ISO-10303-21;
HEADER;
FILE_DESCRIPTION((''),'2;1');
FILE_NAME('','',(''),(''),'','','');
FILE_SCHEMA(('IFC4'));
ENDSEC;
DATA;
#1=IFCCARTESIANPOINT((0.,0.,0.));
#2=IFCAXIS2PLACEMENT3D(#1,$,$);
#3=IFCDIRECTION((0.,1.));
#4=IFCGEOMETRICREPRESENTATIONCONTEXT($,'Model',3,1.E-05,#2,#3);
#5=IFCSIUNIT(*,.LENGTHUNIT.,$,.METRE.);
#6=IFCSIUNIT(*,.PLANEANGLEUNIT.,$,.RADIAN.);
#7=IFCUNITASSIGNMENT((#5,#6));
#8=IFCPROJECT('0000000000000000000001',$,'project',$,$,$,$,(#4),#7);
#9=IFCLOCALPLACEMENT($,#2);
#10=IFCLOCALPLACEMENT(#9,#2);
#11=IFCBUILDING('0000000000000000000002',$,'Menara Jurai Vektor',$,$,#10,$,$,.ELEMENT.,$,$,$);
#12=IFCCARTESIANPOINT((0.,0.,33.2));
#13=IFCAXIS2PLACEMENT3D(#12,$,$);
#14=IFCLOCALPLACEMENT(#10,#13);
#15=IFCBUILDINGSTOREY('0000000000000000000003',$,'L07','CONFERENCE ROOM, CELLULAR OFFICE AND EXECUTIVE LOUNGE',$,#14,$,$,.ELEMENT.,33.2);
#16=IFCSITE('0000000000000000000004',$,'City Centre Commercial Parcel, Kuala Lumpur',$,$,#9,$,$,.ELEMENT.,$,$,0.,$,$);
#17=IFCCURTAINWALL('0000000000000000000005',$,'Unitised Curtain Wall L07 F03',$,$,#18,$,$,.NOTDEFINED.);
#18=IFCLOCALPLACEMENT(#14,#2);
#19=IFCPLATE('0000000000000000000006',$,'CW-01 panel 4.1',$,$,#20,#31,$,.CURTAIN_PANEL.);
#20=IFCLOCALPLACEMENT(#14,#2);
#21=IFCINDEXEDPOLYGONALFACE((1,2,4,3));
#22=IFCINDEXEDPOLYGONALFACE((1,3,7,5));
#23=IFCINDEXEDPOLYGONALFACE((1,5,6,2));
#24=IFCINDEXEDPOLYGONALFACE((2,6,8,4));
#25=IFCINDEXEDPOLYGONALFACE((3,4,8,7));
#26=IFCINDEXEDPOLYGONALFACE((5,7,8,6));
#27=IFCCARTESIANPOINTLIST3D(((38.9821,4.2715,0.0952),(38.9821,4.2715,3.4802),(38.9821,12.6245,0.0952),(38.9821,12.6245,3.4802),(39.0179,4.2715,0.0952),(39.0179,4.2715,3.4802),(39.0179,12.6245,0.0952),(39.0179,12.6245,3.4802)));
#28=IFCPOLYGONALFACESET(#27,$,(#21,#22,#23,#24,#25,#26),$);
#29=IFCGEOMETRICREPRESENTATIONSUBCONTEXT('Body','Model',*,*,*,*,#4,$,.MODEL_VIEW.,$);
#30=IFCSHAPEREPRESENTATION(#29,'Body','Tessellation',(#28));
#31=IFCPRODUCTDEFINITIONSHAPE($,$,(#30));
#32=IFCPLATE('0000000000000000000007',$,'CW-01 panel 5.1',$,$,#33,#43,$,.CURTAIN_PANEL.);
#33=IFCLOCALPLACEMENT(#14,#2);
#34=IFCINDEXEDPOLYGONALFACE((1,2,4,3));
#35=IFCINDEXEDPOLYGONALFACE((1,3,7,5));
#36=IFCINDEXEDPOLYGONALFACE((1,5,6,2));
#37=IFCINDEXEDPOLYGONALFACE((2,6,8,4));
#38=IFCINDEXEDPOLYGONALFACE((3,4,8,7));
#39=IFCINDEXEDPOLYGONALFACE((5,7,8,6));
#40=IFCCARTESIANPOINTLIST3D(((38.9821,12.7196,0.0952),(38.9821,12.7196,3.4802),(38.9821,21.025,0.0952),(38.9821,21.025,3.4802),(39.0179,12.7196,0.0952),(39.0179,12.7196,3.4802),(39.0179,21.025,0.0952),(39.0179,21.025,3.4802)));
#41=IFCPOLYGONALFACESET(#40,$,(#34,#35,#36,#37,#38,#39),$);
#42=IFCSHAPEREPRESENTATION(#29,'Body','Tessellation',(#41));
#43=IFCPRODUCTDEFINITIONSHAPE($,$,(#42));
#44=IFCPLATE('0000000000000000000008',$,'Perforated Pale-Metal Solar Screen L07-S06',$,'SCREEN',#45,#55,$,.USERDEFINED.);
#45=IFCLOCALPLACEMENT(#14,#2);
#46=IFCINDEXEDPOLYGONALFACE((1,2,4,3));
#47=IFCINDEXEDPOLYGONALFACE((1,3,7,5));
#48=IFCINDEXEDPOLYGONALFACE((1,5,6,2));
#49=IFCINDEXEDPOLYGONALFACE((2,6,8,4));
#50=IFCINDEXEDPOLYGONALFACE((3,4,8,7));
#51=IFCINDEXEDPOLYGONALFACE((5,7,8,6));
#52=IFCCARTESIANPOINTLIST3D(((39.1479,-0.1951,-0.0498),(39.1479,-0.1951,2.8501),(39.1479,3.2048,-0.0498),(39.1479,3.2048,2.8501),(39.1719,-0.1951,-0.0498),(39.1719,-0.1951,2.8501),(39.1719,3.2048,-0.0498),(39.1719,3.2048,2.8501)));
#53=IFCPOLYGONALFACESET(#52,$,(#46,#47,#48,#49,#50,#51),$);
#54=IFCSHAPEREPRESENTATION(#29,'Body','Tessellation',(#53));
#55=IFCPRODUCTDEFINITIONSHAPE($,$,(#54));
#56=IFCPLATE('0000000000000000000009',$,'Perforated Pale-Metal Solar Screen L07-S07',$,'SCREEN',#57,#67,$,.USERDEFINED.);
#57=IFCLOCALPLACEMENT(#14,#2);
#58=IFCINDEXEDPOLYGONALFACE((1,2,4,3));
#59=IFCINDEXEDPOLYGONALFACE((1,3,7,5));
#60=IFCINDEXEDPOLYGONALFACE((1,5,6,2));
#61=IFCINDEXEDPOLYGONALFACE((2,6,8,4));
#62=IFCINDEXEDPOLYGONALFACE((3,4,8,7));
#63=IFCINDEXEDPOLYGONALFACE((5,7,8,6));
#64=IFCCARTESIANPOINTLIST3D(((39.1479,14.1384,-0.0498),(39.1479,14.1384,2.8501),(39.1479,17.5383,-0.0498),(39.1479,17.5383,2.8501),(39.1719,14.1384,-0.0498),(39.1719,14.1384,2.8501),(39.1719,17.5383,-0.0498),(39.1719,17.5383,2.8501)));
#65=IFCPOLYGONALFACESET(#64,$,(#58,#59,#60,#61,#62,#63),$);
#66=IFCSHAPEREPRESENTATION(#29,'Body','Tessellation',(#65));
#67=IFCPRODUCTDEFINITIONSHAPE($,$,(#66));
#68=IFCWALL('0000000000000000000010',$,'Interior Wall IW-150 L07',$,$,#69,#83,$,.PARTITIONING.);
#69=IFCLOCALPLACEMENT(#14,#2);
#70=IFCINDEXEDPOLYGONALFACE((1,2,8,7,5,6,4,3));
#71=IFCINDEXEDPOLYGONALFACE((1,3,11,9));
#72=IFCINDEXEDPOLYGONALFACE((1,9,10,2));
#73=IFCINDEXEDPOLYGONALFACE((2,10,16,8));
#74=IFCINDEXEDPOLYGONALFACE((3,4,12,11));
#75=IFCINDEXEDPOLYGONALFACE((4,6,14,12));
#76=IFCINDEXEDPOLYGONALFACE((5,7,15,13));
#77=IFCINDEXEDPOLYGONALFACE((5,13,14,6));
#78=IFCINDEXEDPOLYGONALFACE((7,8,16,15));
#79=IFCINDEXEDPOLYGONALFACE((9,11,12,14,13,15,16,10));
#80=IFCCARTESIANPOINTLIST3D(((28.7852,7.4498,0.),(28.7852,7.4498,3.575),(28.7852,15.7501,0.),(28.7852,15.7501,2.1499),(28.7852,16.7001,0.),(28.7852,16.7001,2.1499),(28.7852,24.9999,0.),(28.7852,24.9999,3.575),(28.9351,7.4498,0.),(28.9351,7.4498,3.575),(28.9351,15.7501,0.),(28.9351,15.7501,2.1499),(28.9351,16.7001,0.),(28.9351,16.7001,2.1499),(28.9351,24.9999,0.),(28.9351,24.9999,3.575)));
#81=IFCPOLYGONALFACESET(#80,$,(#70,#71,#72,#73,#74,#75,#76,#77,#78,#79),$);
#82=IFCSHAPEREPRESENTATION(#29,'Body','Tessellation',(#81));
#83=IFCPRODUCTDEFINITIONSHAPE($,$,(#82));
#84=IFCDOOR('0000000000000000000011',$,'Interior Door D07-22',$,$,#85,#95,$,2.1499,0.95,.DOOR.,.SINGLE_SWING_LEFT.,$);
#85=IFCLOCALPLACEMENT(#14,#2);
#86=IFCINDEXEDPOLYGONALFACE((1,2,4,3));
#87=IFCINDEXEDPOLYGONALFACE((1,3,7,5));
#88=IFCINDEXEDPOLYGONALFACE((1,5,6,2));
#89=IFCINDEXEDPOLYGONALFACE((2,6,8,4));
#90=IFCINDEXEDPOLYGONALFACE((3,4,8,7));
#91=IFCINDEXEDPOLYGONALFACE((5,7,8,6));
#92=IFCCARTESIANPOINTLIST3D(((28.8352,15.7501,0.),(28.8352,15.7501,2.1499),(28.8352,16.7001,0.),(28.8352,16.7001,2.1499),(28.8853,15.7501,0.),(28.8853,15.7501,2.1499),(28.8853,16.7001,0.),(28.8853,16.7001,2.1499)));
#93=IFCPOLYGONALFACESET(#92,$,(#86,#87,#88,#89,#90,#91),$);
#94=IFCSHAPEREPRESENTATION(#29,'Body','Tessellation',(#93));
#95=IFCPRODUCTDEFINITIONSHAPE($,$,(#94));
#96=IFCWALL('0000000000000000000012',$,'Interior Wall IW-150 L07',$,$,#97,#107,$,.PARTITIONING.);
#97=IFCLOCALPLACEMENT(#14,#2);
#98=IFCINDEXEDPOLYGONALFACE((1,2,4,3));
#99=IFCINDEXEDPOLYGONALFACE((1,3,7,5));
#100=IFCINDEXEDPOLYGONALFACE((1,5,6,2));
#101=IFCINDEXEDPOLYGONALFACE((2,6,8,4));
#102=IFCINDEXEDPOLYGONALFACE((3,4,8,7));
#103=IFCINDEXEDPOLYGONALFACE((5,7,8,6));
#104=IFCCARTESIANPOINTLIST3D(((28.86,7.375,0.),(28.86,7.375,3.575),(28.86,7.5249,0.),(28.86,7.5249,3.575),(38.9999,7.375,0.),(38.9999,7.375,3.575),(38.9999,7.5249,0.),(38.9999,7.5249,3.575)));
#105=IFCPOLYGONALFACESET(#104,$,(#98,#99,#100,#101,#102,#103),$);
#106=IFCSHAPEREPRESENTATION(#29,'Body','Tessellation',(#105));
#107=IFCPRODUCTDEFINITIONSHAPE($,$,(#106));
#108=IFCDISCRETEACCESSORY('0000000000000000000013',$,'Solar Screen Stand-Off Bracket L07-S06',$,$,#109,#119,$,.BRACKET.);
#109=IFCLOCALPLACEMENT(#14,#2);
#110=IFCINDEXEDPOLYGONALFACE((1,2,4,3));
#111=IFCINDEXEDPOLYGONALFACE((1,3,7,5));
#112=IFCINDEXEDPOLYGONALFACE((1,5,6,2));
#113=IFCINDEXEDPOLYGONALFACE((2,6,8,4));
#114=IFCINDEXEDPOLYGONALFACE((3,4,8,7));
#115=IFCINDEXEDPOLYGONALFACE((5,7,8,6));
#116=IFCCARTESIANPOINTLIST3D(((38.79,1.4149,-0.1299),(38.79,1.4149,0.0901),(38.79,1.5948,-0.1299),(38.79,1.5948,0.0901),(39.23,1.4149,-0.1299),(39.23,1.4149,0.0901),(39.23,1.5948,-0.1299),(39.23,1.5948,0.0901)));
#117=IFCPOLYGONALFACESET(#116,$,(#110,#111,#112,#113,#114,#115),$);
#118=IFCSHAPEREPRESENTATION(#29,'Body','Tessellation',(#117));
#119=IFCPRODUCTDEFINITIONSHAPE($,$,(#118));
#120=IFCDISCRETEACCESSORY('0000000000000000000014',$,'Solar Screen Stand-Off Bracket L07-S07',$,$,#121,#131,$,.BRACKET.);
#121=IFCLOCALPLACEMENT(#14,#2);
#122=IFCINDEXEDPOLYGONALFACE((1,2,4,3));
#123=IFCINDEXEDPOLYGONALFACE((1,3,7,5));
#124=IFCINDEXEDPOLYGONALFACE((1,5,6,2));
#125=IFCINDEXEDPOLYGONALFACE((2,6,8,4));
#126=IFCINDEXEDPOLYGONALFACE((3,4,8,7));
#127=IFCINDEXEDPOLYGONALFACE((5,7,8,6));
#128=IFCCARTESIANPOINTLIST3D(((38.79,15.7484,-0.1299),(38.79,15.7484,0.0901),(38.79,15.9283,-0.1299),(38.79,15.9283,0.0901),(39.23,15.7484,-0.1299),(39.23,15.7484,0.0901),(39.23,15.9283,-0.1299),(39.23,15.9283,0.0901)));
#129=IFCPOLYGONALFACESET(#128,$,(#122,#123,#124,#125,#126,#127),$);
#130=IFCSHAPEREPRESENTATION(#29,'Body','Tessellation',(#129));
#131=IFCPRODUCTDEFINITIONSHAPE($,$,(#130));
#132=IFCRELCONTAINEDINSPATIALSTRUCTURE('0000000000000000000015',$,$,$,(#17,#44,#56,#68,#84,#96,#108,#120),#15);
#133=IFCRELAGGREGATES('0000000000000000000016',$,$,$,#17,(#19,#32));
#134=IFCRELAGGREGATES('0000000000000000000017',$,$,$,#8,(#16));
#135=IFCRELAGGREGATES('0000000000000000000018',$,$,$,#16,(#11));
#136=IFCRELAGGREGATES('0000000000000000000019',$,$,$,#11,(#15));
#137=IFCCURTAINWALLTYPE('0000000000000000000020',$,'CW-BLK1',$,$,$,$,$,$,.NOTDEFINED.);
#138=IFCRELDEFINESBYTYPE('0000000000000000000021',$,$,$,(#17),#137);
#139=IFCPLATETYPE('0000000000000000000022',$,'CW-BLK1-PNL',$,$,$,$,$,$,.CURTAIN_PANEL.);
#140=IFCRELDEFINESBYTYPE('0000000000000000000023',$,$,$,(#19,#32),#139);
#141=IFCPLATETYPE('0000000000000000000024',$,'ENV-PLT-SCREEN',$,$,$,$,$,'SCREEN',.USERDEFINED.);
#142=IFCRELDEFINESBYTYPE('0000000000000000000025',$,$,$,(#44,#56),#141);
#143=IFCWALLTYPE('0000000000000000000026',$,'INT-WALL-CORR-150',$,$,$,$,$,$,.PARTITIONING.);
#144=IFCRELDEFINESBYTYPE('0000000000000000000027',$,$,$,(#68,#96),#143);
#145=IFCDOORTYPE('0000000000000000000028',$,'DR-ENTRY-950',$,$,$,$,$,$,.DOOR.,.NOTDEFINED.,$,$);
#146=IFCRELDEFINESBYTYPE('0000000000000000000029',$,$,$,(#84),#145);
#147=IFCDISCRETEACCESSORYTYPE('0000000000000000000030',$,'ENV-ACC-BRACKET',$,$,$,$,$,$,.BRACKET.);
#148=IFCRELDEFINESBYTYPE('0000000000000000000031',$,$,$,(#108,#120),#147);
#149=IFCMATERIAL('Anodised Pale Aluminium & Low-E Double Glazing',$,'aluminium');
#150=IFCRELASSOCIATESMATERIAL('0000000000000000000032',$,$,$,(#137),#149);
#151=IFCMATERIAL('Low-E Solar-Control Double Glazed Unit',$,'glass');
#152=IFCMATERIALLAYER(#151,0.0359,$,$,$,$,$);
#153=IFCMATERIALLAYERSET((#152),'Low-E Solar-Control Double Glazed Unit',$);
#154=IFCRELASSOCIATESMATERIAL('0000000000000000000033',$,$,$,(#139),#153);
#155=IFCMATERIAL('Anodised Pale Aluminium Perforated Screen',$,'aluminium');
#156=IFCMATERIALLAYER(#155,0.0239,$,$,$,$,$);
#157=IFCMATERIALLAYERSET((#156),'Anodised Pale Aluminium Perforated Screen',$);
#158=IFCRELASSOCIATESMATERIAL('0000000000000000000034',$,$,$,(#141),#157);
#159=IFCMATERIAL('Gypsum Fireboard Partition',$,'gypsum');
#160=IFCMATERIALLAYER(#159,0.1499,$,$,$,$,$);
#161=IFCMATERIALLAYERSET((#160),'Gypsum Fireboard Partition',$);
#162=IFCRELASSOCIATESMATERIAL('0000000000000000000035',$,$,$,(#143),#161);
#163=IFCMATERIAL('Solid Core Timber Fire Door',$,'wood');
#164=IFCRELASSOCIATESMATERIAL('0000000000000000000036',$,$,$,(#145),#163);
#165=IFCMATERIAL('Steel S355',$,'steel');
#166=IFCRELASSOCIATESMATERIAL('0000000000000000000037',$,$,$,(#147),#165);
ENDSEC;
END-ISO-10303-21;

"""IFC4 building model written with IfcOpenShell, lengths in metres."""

from ifc_helpers import new_model, si_unit, direction, frame, frame_2d, origin, origin_2d, place, context, subcontext, project, spatial, rectangle, extrude, material, layer, layer_set, type_object, element, fill, aggregate, save


model = new_model("IFC4")

# Units and contexts
model_context = context("Model", 3, precision=1e-05, world=origin(), true_north=direction((0.0, 1.0)))
body_context = subcontext(model_context, "Body", "Model", "MODEL_VIEW")
ifc_project = project(units=[si_unit("LENGTHUNIT", "METRE"), si_unit("PLANEANGLEUNIT", "RADIAN")], contexts=[model_context])

# Site, building, storey
site_placement = place(None, origin())
site = spatial("IfcSite", under=ifc_project, at=site_placement, Name="City Centre Commercial Parcel, Kuala Lumpur", CompositionType="ELEMENT", RefElevation=0.0)
building_placement = place(site_placement, origin())
building = spatial("IfcBuilding", under=site, at=building_placement, Name="Menara Jurai Vektor", CompositionType="ELEMENT")
storey_placement = place(building_placement, frame((0.0, 0.0, 33.2)))
storey = spatial("IfcBuildingStorey", under=building, at=storey_placement, Name="L07", Description="CONFERENCE ROOM, CELLULAR OFFICE AND EXECUTIVE LOUNGE", CompositionType="ELEMENT", Elevation=33.2)

# Curtain wall
ifc_material_1 = material(Name="Anodised Pale Aluminium & Low-E Double Glazing", Category="aluminium")
curtain_wall_type = type_object("IfcCurtainWallType", Name="CW-BLK1", PredefinedType="NOTDEFINED", material=ifc_material_1)
curtain_wall_1_placement = place(storey_placement, origin())
curtain_wall_1 = element("IfcCurtainWall", 1, at=curtain_wall_1_placement, inside=storey, type_object=curtain_wall_type, Name="Unitised Curtain Wall L07 F03", PredefinedType="NOTDEFINED")

# Shared definitions
ifc_material_2 = material(Name="Steel S355", Category="steel")

# Plates
ifc_material_3 = material(Name="Low-E Solar-Control Double Glazed Unit", Category="glass")
ifc_layer_1 = layer(ifc_material_3, 0.0359)
ifc_layer_set_1 = layer_set([ifc_layer_1], Name="Low-E Solar-Control Double Glazed Unit")
plate_type_1 = type_object("IfcPlateType", Name="CW-BLK1-PNL", PredefinedType="CURTAIN_PANEL", material=ifc_layer_set_1)
plate_1_placement = place(storey_placement, frame((39.0, 8.448, 0.0952), z_axis=(0.0, 0.0, 1.0), x_axis=(0.0, 1.0, 0.0)))
plate_1 = element("IfcPlate", 2, at=plate_1_placement, type_object=plate_type_1, Name="CW-01 panel 4.1", PredefinedType="CURTAIN_PANEL", context=body_context, shape_type="SweptSolid", body=[
    extrude(rectangle(XDim=8.353, YDim=0.0359, at=origin_2d()), origin(), (0.0, 0.0, 1.0), 3.385),
])
plate_2_placement = place(storey_placement, frame((39.0, 16.8723, 0.0952), z_axis=(0.0, 0.0, 1.0), x_axis=(0.0, 1.0, 0.0)))
plate_2 = element("IfcPlate", 3, at=plate_2_placement, type_object=plate_type_1, Name="CW-01 panel 5.1", PredefinedType="CURTAIN_PANEL", context=body_context, shape_type="SweptSolid", body=[
    extrude(rectangle(XDim=8.3054, YDim=0.0359, at=origin_2d()), origin(), (0.0, 0.0, 1.0), 3.385),
])
aggregate(curtain_wall_1, [plate_1, plate_2])

# Plates
ifc_material_4 = material(Name="Anodised Pale Aluminium Perforated Screen", Category="aluminium")
ifc_layer_2 = layer(ifc_material_4, 0.0239)
ifc_layer_set_2 = layer_set([ifc_layer_2], Name="Anodised Pale Aluminium Perforated Screen")
plate_type_2 = type_object("IfcPlateType", Name="ENV-PLT-SCREEN", ElementType="SCREEN", PredefinedType="USERDEFINED", material=ifc_layer_set_2)
for number, where, z_axis, x_axis, name in (
    (4, (39.1599, 1.5049, -0.0498), (0.0, 0.0, 1.0), (0.0, 1.0, 0.0), "Perforated Pale-Metal Solar Screen L07-S06"),
    (5, (39.1599, 15.8384, -0.0498), (0.0, 0.0, 1.0), (0.0, 1.0, 0.0), "Perforated Pale-Metal Solar Screen L07-S07"),
):
    element("IfcPlate", number, at=place(storey_placement, frame(where, z_axis=z_axis, x_axis=x_axis)), inside=storey, type_object=plate_type_2, Name=name, ObjectType="SCREEN", PredefinedType="USERDEFINED", context=body_context, shape_type="SweptSolid", body=[
        extrude(rectangle(XDim=3.3999, YDim=0.0239, at=origin_2d()), origin(), (0.0, 0.0, 1.0), 2.8999),
    ])

# Wall, opening, door
ifc_material_5 = material(Name="Gypsum Fireboard Partition", Category="gypsum")
ifc_layer_3 = layer(ifc_material_5, 0.1499)
ifc_layer_set_3 = layer_set([ifc_layer_3], Name="Gypsum Fireboard Partition")
wall_type = type_object("IfcWallType", Name="INT-WALL-CORR-150", PredefinedType="PARTITIONING", material=ifc_layer_set_3)
wall_1_placement = place(storey_placement, frame((28.8601, 7.45, 0.0), z_axis=(0.0, 0.0, 1.0), x_axis=(0.0, 1.0, 0.0)))
wall_1 = element("IfcWall", 6, at=wall_1_placement, inside=storey, type_object=wall_type, Name="Interior Wall IW-150 L07", PredefinedType="PARTITIONING", context=body_context, shape_type="SweptSolid", body=[
    extrude(rectangle(XDim=17.55, YDim=0.1499, at=frame_2d((8.7749, 0.0))), origin(), (0.0, 0.0, 1.0), 3.575),
])
opening_placement = place(wall_1_placement, frame((8.3, 0.0, 0.0)))
opening = element("IfcOpeningElement", 7, at=opening_placement, cuts=wall_1, PredefinedType="OPENING", context=body_context, shape_type="SweptSolid", body=[
    extrude(rectangle(XDim=0.95, YDim=2.1499, at=frame_2d((0.4751, 1.075))), frame((0.0, 0.085, 0.0), z_axis=(0.0, -1.0, 0.0), x_axis=(1.0, 0.0, 0.0)), (0.0, 0.0, 1.0), 0.1699),
])
ifc_material_6 = material(Name="Solid Core Timber Fire Door", Category="wood")
door_type = type_object("IfcDoorType", Name="DR-ENTRY-950", OperationType="NOTDEFINED", PredefinedType="DOOR", material=ifc_material_6)
door_placement = place(opening_placement, origin())
door = element("IfcDoor", 8, at=door_placement, inside=storey, type_object=door_type, Name="Interior Door D07-22", OperationType="SINGLE_SWING_LEFT", OverallHeight=2.1499, OverallWidth=0.95, PredefinedType="DOOR", context=body_context, shape_type="SweptSolid", body=[
    extrude(rectangle(XDim=0.95, YDim=2.1499, at=frame_2d((0.4751, 1.075))), frame((0.0, 0.0249, 0.0), z_axis=(0.0, -1.0, 0.0), x_axis=(1.0, 0.0, 0.0)), (0.0, 0.0, 1.0), 0.05),
])
fill(opening, door)

# Wall
wall_2_placement = place(storey_placement, frame((28.8601, 7.45, 0.0), z_axis=(0.0, 0.0, 1.0), x_axis=(1.0, 0.0, 0.0)))
element("IfcWall", 9, at=wall_2_placement, inside=storey, type_object=wall_type, Name="Interior Wall IW-150 L07", PredefinedType="PARTITIONING", context=body_context, shape_type="SweptSolid", body=[
    extrude(rectangle(XDim=10.1399, YDim=0.1499, at=frame_2d((5.0698, 0.0))), origin(), (0.0, 0.0, 1.0), 3.575),
])

# Discrete accessories
discrete_accessory_type = type_object("IfcDiscreteAccessoryType", Name="ENV-ACC-BRACKET", PredefinedType="BRACKET", material=ifc_material_2)
for number, where, z_axis, x_axis, name in (
    (10, (39.01, 1.5049, -0.1299), (0.0, 0.0, 1.0), (0.0, 1.0, 0.0), "Solar Screen Stand-Off Bracket L07-S06"),
    (11, (39.01, 15.8384, -0.1299), (0.0, 0.0, 1.0), (0.0, 1.0, 0.0), "Solar Screen Stand-Off Bracket L07-S07"),
):
    element("IfcDiscreteAccessory", number, at=place(storey_placement, frame(where, z_axis=z_axis, x_axis=x_axis)), inside=storey, type_object=discrete_accessory_type, Name=name, PredefinedType="BRACKET", context=body_context, shape_type="SweptSolid", body=[
        extrude(rectangle(XDim=0.1799, YDim=0.4399, at=origin_2d()), origin(), (0.0, 0.0, 1.0), 0.22),
    ])

save(model, "model.ifc")
